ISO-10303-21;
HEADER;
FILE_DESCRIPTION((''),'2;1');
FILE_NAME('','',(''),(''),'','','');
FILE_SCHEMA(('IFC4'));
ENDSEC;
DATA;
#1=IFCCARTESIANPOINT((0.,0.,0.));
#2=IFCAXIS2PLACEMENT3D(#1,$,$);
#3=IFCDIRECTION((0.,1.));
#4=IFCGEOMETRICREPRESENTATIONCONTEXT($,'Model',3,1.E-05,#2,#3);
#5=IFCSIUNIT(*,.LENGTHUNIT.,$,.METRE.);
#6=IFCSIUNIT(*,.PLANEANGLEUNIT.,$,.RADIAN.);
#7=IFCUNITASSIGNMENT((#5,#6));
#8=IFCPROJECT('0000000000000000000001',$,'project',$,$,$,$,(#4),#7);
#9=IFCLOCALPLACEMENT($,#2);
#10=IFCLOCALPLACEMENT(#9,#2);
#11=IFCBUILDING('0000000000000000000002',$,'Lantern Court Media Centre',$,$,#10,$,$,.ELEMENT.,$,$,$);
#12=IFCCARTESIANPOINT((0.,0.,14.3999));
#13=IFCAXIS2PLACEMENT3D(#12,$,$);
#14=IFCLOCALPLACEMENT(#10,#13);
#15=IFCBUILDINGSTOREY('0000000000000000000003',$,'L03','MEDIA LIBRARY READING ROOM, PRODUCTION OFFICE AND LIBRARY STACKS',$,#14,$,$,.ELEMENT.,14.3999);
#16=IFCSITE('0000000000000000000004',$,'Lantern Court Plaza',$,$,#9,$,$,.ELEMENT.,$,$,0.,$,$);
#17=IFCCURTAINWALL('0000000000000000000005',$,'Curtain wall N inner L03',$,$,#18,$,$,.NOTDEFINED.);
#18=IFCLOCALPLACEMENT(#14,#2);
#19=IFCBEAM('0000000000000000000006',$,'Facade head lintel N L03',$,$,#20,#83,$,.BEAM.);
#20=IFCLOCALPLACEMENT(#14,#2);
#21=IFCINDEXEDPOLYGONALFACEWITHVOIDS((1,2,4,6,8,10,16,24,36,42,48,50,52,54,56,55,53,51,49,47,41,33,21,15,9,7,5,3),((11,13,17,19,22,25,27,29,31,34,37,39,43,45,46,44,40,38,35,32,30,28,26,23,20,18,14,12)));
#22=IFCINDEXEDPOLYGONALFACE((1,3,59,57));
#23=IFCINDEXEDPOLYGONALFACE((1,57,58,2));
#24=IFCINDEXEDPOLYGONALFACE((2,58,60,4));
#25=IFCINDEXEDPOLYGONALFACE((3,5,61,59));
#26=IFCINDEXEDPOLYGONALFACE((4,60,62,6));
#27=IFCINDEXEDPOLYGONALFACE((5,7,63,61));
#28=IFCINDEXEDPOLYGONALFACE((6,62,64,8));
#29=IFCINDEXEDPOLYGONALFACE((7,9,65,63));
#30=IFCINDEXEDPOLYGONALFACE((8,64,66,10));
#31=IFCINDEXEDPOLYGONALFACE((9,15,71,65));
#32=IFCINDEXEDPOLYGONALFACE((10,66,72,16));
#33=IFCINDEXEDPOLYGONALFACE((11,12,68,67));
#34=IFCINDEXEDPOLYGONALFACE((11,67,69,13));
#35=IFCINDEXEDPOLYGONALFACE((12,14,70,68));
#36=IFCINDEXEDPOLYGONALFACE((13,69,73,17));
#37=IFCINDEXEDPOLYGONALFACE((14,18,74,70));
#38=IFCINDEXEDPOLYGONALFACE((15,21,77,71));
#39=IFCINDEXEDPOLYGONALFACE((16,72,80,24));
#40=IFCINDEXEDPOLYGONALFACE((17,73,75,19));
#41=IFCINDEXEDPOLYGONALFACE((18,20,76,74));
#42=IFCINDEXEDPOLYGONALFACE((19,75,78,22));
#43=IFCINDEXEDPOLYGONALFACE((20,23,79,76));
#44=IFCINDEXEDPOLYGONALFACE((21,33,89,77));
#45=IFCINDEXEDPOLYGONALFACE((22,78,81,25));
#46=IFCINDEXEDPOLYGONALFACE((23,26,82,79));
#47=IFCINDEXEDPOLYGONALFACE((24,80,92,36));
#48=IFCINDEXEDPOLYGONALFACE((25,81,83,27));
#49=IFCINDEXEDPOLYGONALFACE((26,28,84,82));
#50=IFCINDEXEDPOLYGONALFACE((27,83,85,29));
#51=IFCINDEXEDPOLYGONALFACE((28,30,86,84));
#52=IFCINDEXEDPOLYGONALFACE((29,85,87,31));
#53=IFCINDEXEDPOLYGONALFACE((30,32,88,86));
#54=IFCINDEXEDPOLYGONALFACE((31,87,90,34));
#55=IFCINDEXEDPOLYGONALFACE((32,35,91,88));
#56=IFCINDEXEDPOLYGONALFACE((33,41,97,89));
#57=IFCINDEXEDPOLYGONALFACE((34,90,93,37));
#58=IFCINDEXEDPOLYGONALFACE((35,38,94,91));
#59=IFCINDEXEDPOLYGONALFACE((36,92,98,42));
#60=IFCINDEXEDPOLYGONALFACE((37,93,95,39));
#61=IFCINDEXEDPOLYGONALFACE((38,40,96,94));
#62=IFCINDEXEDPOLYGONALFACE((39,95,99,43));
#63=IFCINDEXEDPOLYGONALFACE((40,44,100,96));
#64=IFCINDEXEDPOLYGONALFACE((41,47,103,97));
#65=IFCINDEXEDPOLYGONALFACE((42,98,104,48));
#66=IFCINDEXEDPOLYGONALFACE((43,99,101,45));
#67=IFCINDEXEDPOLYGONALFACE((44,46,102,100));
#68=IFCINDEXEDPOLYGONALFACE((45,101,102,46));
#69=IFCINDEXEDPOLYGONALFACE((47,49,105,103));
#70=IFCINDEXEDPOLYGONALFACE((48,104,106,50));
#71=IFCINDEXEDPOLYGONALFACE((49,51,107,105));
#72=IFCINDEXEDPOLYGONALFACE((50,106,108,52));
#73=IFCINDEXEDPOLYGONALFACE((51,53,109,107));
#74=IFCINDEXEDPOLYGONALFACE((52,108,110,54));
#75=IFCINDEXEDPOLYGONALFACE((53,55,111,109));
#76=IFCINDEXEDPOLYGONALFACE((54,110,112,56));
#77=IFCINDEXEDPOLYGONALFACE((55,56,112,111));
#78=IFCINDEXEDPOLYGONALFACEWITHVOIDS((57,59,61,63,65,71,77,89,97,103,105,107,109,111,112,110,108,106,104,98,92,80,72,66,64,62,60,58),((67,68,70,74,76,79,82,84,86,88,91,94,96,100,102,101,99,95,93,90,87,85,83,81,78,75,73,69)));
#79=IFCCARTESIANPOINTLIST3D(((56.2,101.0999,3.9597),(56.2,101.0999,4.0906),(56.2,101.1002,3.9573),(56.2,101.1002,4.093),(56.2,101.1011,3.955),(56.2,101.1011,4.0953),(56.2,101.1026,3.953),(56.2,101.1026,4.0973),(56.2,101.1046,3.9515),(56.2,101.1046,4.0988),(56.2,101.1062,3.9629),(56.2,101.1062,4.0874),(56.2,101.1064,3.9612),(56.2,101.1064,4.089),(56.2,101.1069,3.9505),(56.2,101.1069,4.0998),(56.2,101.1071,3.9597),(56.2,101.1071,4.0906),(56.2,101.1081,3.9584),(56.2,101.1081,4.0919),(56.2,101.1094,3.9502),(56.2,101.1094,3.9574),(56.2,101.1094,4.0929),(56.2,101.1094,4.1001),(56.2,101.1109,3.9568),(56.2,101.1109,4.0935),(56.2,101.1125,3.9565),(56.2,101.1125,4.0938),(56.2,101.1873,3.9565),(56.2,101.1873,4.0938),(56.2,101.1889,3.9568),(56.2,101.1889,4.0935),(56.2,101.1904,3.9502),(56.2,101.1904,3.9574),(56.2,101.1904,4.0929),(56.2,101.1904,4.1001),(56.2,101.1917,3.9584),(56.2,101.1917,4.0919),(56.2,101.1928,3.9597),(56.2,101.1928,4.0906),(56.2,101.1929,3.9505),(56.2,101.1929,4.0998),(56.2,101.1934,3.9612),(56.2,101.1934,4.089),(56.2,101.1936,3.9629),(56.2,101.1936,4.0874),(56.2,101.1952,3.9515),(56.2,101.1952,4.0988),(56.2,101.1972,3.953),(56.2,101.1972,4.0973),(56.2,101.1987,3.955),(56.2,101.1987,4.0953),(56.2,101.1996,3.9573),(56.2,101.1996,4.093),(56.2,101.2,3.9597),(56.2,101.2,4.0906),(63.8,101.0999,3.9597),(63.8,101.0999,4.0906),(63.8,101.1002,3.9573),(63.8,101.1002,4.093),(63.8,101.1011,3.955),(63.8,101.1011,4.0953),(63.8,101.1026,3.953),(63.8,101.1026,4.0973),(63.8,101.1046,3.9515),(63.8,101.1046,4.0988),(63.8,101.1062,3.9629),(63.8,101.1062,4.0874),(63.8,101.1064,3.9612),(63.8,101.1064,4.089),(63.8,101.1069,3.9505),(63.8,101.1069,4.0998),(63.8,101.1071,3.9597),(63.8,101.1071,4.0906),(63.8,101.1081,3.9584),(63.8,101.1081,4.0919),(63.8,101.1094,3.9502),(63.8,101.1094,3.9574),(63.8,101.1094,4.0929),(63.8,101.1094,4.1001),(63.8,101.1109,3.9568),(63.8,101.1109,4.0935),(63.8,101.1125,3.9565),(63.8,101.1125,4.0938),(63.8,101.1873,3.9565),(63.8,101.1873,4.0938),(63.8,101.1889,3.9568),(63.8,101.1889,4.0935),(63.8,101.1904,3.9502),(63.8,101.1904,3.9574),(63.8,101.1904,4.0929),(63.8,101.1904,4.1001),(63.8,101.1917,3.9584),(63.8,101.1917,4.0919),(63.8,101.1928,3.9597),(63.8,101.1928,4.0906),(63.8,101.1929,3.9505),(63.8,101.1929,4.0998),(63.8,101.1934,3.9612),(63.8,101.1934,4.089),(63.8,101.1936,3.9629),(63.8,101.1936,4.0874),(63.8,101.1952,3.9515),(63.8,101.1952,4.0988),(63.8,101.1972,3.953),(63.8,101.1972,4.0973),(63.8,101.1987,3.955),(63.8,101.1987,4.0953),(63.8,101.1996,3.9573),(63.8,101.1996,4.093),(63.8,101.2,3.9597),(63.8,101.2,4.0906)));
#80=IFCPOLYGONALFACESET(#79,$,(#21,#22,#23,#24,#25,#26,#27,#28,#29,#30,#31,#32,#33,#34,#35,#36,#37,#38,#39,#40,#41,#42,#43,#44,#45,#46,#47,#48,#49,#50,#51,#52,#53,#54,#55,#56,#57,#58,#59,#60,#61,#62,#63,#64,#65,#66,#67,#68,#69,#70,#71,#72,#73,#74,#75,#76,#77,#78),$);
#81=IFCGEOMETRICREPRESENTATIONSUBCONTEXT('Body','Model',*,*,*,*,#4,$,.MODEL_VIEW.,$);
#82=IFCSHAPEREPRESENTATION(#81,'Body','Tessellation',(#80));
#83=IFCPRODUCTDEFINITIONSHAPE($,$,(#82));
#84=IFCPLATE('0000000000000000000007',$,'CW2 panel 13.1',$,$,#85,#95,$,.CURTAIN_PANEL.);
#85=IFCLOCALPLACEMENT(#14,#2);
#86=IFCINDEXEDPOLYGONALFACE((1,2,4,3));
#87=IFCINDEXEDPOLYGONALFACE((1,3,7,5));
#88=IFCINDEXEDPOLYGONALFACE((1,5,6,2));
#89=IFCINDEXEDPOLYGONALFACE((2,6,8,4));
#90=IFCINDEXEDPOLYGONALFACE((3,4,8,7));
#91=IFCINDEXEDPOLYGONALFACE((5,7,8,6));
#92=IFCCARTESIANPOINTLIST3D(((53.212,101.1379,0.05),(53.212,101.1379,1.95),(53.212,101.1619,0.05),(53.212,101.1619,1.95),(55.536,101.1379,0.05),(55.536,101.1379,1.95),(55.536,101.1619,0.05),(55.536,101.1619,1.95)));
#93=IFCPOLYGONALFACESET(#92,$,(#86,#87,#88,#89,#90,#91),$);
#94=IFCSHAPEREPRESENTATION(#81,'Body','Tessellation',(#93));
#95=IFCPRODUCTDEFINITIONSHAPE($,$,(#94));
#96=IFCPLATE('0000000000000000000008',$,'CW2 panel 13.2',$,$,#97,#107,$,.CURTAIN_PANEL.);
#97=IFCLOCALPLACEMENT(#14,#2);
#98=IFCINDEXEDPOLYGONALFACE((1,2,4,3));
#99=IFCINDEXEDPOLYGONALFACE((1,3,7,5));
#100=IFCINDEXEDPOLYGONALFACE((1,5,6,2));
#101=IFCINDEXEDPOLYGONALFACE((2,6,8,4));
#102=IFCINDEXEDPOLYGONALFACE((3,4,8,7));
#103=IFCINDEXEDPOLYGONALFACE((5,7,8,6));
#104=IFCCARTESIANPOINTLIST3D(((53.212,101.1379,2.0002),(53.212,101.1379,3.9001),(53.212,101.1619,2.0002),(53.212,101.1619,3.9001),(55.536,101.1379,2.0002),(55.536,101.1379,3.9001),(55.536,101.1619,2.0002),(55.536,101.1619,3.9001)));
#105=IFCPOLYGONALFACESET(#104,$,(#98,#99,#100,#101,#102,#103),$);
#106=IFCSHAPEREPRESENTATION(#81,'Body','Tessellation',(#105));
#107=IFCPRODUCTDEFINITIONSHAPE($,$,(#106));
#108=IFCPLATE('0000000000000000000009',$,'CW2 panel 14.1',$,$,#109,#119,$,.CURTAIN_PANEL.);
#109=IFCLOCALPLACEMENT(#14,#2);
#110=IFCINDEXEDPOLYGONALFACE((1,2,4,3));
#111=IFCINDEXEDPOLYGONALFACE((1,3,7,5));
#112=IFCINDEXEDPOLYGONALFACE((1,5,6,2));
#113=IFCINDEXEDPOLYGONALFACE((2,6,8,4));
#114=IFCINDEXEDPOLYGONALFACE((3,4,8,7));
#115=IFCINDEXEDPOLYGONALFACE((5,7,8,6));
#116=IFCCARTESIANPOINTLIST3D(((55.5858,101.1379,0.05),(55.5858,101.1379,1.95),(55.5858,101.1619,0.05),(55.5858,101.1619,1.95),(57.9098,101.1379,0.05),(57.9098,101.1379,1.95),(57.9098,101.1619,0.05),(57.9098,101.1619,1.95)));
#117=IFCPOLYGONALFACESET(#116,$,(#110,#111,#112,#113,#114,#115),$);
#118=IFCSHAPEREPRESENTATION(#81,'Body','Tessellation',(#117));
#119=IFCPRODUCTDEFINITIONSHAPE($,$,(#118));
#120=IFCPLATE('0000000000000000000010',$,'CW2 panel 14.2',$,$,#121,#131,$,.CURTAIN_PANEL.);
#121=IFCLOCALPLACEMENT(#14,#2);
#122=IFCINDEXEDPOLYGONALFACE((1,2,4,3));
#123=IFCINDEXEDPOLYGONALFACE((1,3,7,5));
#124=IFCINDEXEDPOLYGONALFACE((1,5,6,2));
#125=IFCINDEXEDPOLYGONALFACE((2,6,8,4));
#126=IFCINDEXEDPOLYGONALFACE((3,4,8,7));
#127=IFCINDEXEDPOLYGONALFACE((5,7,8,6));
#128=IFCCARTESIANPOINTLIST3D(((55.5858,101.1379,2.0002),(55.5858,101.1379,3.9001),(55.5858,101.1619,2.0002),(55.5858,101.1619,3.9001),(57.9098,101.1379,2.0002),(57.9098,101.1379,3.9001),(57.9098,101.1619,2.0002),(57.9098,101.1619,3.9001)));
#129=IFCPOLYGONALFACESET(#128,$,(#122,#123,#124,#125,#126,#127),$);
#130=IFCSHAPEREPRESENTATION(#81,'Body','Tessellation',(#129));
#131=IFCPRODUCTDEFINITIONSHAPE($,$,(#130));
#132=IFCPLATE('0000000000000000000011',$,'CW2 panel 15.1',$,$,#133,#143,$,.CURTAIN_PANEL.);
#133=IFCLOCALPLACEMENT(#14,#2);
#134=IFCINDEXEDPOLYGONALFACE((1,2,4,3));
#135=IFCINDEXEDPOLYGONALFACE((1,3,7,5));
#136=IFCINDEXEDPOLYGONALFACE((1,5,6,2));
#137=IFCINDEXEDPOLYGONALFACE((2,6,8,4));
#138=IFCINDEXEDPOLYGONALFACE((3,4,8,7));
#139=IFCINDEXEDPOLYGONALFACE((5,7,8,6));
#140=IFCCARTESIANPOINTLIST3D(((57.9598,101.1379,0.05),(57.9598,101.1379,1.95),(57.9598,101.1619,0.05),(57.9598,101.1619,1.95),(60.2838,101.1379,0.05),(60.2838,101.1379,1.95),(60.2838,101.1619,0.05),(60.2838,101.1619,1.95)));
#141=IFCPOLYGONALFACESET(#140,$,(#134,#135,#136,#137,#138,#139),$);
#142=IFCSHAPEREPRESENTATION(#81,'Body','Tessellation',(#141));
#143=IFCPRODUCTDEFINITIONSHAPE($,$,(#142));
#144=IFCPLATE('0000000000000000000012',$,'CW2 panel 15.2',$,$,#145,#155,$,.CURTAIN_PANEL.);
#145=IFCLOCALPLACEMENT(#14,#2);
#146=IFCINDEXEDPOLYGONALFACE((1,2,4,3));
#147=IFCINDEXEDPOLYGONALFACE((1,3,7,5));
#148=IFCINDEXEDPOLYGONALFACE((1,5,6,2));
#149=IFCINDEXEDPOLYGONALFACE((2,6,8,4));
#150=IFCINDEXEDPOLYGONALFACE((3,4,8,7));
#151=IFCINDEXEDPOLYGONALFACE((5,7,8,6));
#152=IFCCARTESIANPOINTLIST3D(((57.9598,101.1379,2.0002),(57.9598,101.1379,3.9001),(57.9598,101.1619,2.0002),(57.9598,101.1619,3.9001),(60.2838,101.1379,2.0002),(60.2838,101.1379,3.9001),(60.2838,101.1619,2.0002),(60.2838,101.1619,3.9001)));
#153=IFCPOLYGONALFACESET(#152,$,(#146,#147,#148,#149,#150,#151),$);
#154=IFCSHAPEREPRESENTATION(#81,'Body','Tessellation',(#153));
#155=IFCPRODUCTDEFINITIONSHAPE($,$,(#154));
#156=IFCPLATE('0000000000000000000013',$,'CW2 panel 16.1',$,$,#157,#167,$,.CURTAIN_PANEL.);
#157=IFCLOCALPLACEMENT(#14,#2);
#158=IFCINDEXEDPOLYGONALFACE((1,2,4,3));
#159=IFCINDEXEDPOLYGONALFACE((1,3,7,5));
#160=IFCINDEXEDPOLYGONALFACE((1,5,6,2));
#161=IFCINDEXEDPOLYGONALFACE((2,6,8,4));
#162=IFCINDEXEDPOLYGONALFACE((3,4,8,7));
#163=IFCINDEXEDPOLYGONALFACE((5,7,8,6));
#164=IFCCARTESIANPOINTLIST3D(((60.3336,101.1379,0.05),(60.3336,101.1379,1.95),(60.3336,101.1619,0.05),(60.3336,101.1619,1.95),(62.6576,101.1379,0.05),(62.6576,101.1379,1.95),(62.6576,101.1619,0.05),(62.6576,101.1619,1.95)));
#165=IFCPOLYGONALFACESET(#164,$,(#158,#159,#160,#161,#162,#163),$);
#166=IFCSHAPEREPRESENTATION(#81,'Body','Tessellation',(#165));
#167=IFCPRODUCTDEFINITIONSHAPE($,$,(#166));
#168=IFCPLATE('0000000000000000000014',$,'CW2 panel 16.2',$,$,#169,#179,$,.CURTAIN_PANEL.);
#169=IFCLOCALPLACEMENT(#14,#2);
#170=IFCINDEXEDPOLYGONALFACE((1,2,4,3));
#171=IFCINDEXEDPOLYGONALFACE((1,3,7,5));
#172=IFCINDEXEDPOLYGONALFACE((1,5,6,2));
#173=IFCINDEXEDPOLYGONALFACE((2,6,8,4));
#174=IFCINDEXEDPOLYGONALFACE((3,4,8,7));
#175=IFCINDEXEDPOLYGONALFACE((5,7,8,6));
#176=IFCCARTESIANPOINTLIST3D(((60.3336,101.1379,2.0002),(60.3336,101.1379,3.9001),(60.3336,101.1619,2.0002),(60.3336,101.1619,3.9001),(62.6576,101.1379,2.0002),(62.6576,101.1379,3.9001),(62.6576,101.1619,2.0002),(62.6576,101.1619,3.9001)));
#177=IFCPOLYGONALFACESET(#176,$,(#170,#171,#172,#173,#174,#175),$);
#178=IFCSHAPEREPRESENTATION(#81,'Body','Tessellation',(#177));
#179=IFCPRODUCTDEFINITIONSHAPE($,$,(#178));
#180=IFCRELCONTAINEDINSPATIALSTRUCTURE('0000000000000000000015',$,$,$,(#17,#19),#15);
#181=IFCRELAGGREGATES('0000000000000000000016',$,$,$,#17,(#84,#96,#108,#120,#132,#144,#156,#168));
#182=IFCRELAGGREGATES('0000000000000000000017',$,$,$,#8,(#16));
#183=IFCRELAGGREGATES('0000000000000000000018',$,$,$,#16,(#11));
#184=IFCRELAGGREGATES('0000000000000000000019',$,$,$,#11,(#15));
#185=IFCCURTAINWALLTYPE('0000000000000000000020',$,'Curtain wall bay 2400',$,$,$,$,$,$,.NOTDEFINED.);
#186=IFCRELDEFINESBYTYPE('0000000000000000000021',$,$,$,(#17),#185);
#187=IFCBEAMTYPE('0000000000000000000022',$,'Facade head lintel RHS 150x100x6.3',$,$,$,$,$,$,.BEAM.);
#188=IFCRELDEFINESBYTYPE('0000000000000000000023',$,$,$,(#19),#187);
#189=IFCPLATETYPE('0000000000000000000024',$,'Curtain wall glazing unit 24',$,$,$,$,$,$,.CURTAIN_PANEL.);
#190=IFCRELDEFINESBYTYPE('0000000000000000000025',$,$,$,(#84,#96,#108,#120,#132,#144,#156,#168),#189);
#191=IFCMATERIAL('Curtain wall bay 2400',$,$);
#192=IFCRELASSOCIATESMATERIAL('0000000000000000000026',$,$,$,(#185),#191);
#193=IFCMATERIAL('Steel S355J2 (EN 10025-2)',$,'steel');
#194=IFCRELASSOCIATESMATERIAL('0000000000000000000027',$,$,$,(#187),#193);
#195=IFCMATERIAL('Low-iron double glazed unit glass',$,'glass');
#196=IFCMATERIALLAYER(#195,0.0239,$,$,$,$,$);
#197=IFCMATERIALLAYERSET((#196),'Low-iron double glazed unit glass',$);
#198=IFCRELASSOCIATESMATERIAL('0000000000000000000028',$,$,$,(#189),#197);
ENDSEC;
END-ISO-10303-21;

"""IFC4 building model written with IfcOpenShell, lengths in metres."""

from ifc_helpers import new_model, si_unit, direction, frame, origin, origin_2d, place, context, subcontext, project, spatial, rectangle, hollow_rectangle, extrude, material, layer, layer_set, material_profile, profile_set, type_object, element, aggregate, save


model = new_model("IFC4")

# Units and contexts
model_context = context("Model", 3, precision=1e-05, world=origin(), true_north=direction((0.0, 1.0)))
body_context = subcontext(model_context, "Body", "Model", "MODEL_VIEW")
ifc_project = project(units=[si_unit("LENGTHUNIT", "METRE"), si_unit("PLANEANGLEUNIT", "RADIAN")], contexts=[model_context])

# Site, building, storey
site_placement = place(None, origin())
site = spatial("IfcSite", under=ifc_project, at=site_placement, Name="Lantern Court Plaza", CompositionType="ELEMENT", RefElevation=0.0)
building_placement = place(site_placement, origin())
building = spatial("IfcBuilding", under=site, at=building_placement, Name="Lantern Court Media Centre", CompositionType="ELEMENT")
storey_placement = place(building_placement, frame((0.0, 0.0, 14.3999)))
storey = spatial("IfcBuildingStorey", under=building, at=storey_placement, Name="L03", Description="MEDIA LIBRARY READING ROOM, PRODUCTION OFFICE AND LIBRARY STACKS", CompositionType="ELEMENT", Elevation=14.3999)

# Curtain wall
ifc_material_1 = material(Name="Curtain wall bay 2400")
curtain_wall_type = type_object("IfcCurtainWallType", Name="Curtain wall bay 2400", PredefinedType="NOTDEFINED", material=ifc_material_1)
curtain_wall_placement = place(storey_placement, origin())
curtain_wall = element("IfcCurtainWall", 1, at=curtain_wall_placement, inside=storey, type_object=curtain_wall_type, Name="Curtain wall N inner L03", PredefinedType="NOTDEFINED")

# Beam
ifc_material_2 = material(Name="Steel S355J2 (EN 10025-2)", Category="steel")
ifc_material_profile_1 = material_profile(ifc_material_2, hollow_rectangle(XDim=0.1001, YDim=0.1499, WallThickness=0.0063, InnerFilletRadius=0.0063, OuterFilletRadius=0.0095, at=origin_2d()), Name="Facade head lintel RHS 150x100x6.3")
ifc_profile_set_1 = profile_set([ifc_material_profile_1], Name="Steel S355J2 (EN 10025-2)")
beam_type = type_object("IfcBeamType", Name="Facade head lintel RHS 150x100x6.3", PredefinedType="BEAM", material=ifc_profile_set_1)
beam_placement = place(storey_placement, frame((56.2, 101.1499, 4.0251), z_axis=(1.0, 0.0, 0.0), x_axis=(0.0, 1.0, 0.0)))
element("IfcBeam", 2, at=beam_placement, inside=storey, type_object=beam_type, Name="Facade head lintel N L03", PredefinedType="BEAM", context=body_context, shape_type="SweptSolid", body=[
    extrude(hollow_rectangle(XDim=0.1001, YDim=0.1499, WallThickness=0.0063, InnerFilletRadius=0.0063, OuterFilletRadius=0.0095, at=origin_2d()), origin(), (0.0, 0.0, 1.0), 7.6001),
])

# Plates
ifc_material_3 = material(Name="Low-iron double glazed unit glass", Category="glass")
ifc_layer_1 = layer(ifc_material_3, 0.0239)
ifc_layer_set_1 = layer_set([ifc_layer_1], Name="Low-iron double glazed unit glass")
plate_type = type_object("IfcPlateType", Name="Curtain wall glazing unit 24", PredefinedType="CURTAIN_PANEL", material=ifc_layer_set_1)
plate_1_placement = place(storey_placement, frame((54.374, 101.1499, 0.05), z_axis=(0.0, 0.0, 1.0), x_axis=(1.0, 0.0, 0.0)))
plate_1 = element("IfcPlate", 3, at=plate_1_placement, type_object=plate_type, Name="CW2 panel 13.1", PredefinedType="CURTAIN_PANEL", context=body_context, shape_type="SweptSolid", body=[
    extrude(rectangle(XDim=2.324, YDim=0.0239, at=origin_2d()), origin(), (0.0, 0.0, 1.0), 1.8999),
])
plate_2_placement = place(storey_placement, frame((54.374, 101.1499, 2.0002), z_axis=(0.0, 0.0, 1.0), x_axis=(1.0, 0.0, 0.0)))
plate_2 = element("IfcPlate", 4, at=plate_2_placement, type_object=plate_type, Name="CW2 panel 13.2", PredefinedType="CURTAIN_PANEL", context=body_context, shape_type="SweptSolid", body=[
    extrude(rectangle(XDim=2.324, YDim=0.0239, at=origin_2d()), origin(), (0.0, 0.0, 1.0), 1.8999),
])
plate_3_placement = place(storey_placement, frame((56.7478, 101.1499, 0.05), z_axis=(0.0, 0.0, 1.0), x_axis=(1.0, 0.0, 0.0)))
plate_3 = element("IfcPlate", 5, at=plate_3_placement, type_object=plate_type, Name="CW2 panel 14.1", PredefinedType="CURTAIN_PANEL", context=body_context, shape_type="SweptSolid", body=[
    extrude(rectangle(XDim=2.324, YDim=0.0239, at=origin_2d()), origin(), (0.0, 0.0, 1.0), 1.8999),
])
plate_4_placement = place(storey_placement, frame((56.7478, 101.1499, 2.0002), z_axis=(0.0, 0.0, 1.0), x_axis=(1.0, 0.0, 0.0)))
plate_4 = element("IfcPlate", 6, at=plate_4_placement, type_object=plate_type, Name="CW2 panel 14.2", PredefinedType="CURTAIN_PANEL", context=body_context, shape_type="SweptSolid", body=[
    extrude(rectangle(XDim=2.324, YDim=0.0239, at=origin_2d()), origin(), (0.0, 0.0, 1.0), 1.8999),
])
plate_5_placement = place(storey_placement, frame((59.1218, 101.1499, 0.05), z_axis=(0.0, 0.0, 1.0), x_axis=(1.0, 0.0, 0.0)))
plate_5 = element("IfcPlate", 7, at=plate_5_placement, type_object=plate_type, Name="CW2 panel 15.1", PredefinedType="CURTAIN_PANEL", context=body_context, shape_type="SweptSolid", body=[
    extrude(rectangle(XDim=2.324, YDim=0.0239, at=origin_2d()), origin(), (0.0, 0.0, 1.0), 1.8999),
])
plate_6_placement = place(storey_placement, frame((59.1218, 101.1499, 2.0002), z_axis=(0.0, 0.0, 1.0), x_axis=(1.0, 0.0, 0.0)))
plate_6 = element("IfcPlate", 8, at=plate_6_placement, type_object=plate_type, Name="CW2 panel 15.2", PredefinedType="CURTAIN_PANEL", context=body_context, shape_type="SweptSolid", body=[
    extrude(rectangle(XDim=2.324, YDim=0.0239, at=origin_2d()), origin(), (0.0, 0.0, 1.0), 1.8999),
])
plate_7_placement = place(storey_placement, frame((61.4956, 101.1499, 0.05), z_axis=(0.0, 0.0, 1.0), x_axis=(1.0, 0.0, 0.0)))
plate_7 = element("IfcPlate", 9, at=plate_7_placement, type_object=plate_type, Name="CW2 panel 16.1", PredefinedType="CURTAIN_PANEL", context=body_context, shape_type="SweptSolid", body=[
    extrude(rectangle(XDim=2.324, YDim=0.0239, at=origin_2d()), origin(), (0.0, 0.0, 1.0), 1.8999),
])
plate_8_placement = place(storey_placement, frame((61.4956, 101.1499, 2.0002), z_axis=(0.0, 0.0, 1.0), x_axis=(1.0, 0.0, 0.0)))
plate_8 = element("IfcPlate", 10, at=plate_8_placement, type_object=plate_type, Name="CW2 panel 16.2", PredefinedType="CURTAIN_PANEL", context=body_context, shape_type="SweptSolid", body=[
    extrude(rectangle(XDim=2.324, YDim=0.0239, at=origin_2d()), origin(), (0.0, 0.0, 1.0), 1.8999),
])
aggregate(curtain_wall, [plate_1, plate_2, plate_3, plate_4, plate_5, plate_6, plate_7, plate_8])

save(model, "model.ifc")
